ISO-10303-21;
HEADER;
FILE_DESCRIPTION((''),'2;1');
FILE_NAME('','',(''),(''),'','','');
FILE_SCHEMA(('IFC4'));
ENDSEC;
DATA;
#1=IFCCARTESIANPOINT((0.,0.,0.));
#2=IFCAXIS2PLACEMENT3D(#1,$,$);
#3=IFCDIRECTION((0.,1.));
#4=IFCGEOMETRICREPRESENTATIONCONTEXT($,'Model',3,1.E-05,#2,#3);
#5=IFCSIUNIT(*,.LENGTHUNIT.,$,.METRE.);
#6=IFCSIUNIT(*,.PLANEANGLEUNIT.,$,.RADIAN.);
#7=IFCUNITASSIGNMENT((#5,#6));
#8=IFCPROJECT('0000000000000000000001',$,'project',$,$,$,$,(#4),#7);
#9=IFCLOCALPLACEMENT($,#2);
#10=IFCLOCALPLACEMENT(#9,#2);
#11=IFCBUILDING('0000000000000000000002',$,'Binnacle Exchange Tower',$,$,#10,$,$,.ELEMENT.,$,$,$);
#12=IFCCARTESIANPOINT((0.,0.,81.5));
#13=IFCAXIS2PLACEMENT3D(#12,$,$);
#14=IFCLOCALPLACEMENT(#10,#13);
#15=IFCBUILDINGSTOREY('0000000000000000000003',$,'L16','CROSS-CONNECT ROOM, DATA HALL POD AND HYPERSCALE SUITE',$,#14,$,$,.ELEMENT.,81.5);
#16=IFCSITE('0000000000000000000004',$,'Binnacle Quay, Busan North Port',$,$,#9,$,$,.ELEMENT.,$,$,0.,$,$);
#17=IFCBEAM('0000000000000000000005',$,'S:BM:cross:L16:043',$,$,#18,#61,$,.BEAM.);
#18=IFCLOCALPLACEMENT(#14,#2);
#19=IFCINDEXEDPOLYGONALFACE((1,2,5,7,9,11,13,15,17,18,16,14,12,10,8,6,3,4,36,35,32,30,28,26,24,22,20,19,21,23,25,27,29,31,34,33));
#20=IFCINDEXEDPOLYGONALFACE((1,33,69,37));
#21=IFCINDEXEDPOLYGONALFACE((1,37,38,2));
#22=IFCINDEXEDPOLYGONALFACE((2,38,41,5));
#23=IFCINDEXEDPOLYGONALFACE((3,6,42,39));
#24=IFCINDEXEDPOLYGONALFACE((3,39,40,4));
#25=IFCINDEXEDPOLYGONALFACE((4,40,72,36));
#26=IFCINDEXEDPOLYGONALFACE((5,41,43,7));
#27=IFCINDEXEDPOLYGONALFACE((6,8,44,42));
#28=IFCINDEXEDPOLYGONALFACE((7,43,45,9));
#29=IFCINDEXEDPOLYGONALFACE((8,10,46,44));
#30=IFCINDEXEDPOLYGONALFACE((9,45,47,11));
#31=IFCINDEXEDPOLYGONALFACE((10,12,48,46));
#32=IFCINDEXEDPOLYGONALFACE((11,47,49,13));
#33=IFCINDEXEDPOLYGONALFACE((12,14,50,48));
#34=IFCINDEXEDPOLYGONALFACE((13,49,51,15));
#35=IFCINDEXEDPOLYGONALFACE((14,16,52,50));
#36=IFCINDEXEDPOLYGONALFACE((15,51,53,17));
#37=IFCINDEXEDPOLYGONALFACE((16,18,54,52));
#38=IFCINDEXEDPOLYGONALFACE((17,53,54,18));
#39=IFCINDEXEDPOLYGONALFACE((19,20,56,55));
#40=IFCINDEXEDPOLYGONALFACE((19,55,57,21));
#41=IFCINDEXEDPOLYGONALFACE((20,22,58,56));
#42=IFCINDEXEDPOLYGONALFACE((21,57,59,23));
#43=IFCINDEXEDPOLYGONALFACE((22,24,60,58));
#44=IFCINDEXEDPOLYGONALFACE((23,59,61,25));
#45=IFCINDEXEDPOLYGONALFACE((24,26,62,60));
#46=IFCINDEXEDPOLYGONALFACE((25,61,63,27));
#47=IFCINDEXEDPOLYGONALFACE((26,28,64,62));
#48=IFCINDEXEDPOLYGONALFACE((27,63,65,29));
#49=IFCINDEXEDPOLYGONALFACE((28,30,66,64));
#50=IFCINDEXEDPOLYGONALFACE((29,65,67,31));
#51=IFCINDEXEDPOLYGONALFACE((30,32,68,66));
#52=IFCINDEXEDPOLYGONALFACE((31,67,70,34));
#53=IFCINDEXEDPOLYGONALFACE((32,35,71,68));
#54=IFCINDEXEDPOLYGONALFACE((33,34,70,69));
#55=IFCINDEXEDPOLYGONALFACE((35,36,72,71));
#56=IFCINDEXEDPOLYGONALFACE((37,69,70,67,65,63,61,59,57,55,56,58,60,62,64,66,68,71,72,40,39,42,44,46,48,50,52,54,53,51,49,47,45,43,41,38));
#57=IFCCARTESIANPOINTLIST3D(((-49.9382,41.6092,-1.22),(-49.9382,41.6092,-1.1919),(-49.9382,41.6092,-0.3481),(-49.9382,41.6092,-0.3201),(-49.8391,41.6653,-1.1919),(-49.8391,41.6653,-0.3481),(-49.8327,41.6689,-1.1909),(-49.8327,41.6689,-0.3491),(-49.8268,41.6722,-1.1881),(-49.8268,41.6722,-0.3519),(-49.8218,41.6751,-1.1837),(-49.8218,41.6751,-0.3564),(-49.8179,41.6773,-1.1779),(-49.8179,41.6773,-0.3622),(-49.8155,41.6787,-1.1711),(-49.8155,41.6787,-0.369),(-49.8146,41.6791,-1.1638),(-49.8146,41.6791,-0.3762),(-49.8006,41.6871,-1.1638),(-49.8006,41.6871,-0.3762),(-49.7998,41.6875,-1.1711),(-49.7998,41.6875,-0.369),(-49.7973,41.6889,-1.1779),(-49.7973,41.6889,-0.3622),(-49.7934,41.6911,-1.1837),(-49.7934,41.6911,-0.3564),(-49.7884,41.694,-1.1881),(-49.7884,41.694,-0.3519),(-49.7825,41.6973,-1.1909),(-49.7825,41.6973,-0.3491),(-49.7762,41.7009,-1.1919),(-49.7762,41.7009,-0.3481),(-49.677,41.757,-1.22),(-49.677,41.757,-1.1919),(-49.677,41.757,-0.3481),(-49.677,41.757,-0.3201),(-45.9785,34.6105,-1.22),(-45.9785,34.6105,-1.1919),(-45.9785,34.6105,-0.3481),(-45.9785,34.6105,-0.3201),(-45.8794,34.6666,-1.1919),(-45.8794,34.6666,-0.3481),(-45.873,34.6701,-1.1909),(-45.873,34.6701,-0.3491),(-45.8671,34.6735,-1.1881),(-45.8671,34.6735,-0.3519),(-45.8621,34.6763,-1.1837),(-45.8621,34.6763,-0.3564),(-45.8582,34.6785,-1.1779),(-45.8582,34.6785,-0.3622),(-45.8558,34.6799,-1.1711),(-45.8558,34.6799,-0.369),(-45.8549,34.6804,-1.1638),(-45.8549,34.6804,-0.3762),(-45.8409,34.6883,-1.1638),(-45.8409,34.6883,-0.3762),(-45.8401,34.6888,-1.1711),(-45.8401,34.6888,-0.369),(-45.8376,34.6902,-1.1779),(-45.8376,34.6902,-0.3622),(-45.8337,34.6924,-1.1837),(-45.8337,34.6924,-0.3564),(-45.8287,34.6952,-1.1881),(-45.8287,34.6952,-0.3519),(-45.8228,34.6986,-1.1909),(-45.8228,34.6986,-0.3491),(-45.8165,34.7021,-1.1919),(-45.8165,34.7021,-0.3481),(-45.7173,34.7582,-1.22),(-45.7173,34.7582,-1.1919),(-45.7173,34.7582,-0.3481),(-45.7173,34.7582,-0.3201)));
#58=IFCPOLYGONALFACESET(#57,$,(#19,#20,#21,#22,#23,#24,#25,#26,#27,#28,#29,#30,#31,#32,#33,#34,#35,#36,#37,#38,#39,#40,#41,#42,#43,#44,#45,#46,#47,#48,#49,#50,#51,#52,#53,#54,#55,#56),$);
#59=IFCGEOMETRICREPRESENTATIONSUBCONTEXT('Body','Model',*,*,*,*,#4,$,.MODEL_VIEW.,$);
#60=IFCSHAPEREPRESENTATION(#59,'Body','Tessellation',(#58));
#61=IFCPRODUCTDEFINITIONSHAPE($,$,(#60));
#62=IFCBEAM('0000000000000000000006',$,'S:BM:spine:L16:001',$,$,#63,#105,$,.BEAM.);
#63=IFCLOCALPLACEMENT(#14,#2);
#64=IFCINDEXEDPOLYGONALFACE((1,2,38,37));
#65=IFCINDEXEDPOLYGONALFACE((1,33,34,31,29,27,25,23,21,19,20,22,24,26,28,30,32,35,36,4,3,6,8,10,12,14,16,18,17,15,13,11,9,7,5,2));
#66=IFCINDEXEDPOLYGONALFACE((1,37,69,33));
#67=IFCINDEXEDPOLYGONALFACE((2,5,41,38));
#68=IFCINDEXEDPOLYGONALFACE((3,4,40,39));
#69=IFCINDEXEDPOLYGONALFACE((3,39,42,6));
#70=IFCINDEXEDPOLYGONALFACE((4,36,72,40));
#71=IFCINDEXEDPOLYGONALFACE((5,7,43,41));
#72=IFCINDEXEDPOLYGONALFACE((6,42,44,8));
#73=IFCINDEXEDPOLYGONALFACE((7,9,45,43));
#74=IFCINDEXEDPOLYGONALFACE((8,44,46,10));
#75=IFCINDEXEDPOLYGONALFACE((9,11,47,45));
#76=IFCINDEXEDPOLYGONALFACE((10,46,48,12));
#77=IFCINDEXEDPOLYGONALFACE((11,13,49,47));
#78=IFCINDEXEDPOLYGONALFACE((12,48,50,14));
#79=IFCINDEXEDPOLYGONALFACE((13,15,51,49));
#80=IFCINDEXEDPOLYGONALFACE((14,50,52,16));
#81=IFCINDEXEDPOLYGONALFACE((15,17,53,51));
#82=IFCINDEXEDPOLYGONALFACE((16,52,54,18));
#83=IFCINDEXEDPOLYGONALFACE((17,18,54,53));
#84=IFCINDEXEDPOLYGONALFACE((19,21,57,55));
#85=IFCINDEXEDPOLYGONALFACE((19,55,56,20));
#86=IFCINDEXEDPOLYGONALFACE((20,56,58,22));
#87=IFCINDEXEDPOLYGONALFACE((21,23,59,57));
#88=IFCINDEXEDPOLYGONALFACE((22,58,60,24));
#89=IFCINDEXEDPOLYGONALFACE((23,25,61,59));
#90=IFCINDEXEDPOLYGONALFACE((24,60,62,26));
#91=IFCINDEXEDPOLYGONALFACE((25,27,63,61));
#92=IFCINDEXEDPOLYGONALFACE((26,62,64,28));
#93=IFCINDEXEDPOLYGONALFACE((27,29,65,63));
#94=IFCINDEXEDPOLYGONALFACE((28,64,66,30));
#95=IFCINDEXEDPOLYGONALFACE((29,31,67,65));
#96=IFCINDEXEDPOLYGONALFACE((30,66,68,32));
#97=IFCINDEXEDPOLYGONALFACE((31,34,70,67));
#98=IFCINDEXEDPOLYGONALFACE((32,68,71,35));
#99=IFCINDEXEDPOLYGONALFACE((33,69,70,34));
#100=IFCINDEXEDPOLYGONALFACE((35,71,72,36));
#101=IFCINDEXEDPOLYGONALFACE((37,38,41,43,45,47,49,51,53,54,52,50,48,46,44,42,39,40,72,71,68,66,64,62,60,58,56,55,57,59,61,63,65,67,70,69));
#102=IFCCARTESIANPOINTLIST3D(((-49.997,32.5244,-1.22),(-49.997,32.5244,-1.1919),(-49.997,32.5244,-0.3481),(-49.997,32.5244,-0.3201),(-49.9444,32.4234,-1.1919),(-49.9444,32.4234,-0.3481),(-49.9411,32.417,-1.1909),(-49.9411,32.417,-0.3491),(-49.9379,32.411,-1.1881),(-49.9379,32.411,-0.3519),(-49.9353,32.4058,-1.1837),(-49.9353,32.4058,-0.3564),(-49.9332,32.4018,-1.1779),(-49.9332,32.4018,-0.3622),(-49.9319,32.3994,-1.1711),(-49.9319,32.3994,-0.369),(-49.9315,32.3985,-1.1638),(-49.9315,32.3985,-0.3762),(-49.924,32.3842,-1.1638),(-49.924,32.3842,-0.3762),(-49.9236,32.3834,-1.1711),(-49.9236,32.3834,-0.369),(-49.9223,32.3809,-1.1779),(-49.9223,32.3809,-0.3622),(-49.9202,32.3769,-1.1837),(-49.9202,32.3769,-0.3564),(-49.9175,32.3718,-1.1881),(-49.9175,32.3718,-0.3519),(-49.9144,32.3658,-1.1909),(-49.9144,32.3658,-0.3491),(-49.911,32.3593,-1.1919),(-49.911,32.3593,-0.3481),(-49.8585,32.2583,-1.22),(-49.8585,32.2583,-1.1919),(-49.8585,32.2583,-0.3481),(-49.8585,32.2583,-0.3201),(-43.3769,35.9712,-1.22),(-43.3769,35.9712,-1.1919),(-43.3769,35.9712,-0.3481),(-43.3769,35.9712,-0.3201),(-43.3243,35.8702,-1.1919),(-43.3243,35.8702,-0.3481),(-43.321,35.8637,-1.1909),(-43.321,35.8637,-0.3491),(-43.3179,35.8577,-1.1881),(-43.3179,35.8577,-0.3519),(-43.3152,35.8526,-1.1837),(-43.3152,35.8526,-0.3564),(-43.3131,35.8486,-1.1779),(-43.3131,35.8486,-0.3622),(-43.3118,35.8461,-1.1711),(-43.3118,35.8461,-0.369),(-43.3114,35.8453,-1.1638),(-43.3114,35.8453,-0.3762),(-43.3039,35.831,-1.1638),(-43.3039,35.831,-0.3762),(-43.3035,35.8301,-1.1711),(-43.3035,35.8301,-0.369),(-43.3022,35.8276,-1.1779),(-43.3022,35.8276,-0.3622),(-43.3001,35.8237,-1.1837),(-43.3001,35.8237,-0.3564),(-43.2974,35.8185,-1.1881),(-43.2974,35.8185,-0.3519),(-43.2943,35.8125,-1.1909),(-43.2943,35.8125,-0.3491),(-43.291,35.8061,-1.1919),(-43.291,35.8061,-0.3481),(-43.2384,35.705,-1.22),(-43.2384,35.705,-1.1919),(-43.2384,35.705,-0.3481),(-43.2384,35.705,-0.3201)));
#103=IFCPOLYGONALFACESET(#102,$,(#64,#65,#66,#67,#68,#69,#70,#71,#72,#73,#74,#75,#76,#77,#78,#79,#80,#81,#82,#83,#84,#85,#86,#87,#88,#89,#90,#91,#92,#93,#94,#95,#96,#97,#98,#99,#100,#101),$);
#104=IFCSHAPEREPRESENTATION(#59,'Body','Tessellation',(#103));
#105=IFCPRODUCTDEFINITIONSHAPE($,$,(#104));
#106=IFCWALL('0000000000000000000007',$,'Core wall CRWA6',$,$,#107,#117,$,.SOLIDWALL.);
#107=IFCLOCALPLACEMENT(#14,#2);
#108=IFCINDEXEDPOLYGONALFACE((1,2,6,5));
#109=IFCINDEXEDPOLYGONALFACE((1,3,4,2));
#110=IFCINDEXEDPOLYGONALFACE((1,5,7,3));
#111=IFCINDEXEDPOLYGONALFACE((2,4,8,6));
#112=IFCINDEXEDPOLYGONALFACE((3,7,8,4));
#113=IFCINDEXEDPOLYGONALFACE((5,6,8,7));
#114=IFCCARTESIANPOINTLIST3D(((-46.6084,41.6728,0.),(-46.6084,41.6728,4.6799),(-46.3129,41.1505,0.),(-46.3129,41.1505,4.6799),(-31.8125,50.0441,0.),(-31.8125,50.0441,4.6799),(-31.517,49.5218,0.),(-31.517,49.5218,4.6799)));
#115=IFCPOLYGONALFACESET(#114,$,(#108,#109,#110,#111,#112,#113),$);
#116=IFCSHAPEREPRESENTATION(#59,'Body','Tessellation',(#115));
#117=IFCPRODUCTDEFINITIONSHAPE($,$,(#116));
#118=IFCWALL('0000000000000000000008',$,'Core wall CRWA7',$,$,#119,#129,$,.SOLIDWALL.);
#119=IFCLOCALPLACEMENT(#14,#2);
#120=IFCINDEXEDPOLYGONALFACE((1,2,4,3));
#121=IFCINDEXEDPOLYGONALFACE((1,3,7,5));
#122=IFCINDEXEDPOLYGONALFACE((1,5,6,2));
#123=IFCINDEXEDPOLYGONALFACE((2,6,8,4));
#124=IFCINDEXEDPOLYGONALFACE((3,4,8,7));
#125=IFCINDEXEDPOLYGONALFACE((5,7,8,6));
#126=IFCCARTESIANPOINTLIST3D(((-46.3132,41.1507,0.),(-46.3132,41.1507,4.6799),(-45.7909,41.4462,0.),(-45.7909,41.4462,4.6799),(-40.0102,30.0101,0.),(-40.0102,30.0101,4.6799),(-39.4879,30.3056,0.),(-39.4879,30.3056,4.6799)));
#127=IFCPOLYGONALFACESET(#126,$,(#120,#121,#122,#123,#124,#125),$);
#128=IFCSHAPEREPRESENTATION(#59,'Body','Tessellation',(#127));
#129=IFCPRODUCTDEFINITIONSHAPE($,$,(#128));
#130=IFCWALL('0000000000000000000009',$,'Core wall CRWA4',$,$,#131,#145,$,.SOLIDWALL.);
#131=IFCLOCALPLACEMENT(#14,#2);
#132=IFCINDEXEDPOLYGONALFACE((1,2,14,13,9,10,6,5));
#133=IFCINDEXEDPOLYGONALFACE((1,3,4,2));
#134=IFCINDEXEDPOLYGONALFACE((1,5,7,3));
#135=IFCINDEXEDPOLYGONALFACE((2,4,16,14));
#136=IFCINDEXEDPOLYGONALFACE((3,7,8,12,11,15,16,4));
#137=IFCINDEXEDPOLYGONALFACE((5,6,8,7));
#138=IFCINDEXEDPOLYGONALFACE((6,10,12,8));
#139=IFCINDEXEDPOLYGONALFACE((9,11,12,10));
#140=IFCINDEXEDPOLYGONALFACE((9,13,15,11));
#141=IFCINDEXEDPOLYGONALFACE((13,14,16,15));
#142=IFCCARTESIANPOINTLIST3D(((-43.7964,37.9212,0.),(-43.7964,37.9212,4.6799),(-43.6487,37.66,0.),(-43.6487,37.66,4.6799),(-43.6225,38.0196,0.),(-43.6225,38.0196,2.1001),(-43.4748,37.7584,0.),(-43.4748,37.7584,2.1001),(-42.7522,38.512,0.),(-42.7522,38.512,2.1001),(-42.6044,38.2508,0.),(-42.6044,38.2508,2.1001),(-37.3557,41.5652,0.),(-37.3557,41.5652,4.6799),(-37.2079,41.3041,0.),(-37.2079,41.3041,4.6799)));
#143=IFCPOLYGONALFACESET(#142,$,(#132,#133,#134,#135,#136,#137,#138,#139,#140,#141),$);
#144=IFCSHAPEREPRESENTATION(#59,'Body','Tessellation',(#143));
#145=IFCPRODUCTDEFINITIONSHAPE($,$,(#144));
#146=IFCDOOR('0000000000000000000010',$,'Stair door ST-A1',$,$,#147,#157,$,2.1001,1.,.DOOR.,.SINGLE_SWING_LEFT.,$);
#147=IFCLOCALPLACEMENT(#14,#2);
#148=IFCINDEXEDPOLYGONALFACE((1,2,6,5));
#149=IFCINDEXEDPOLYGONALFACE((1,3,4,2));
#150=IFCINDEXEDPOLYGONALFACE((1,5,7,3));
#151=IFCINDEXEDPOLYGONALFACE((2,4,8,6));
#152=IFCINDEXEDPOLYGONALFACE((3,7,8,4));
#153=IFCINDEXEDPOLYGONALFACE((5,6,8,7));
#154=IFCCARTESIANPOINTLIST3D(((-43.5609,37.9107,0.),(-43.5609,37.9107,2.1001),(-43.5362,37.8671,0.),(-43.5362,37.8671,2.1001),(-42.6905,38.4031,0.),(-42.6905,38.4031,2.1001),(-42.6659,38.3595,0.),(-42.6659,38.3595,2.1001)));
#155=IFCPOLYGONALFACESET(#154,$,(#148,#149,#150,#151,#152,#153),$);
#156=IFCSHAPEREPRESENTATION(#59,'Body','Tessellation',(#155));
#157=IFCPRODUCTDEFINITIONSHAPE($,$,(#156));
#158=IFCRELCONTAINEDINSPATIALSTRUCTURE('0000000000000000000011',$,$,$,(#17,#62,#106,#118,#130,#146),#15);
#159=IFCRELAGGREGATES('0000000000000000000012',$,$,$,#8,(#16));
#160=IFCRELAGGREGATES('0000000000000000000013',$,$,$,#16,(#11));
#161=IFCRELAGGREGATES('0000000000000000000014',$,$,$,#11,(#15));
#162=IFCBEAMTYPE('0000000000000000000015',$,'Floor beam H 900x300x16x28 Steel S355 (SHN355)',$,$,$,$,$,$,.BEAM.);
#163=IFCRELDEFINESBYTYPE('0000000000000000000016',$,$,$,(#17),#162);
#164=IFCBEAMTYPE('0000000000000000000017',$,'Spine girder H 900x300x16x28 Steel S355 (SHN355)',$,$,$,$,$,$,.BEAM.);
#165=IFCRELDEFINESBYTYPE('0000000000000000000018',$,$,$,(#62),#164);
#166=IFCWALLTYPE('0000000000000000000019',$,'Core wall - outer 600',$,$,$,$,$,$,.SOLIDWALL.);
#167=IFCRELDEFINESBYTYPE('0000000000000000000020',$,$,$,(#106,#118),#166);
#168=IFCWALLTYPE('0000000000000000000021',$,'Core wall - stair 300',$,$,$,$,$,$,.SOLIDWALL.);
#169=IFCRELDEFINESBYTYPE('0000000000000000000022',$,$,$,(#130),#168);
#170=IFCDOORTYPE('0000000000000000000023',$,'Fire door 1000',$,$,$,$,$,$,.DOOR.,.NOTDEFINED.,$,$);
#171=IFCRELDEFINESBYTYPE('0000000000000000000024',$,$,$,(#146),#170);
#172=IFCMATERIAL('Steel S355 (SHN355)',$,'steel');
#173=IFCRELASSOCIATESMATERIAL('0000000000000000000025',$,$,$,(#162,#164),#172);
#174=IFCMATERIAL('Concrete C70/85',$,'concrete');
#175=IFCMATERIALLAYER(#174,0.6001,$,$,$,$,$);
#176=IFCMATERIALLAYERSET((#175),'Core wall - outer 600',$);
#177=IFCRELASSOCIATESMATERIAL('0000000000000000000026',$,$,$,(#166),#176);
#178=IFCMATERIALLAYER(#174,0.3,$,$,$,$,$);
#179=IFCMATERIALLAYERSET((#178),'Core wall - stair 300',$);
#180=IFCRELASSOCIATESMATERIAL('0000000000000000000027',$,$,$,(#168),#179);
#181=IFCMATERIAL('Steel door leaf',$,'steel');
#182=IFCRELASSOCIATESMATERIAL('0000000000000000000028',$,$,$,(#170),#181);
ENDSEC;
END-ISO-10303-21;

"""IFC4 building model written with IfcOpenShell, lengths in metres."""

from ifc_helpers import new_model, si_unit, direction, frame, frame_2d, origin, origin_2d, place, context, subcontext, project, spatial, rectangle, i_section, extrude, material, layer, layer_set, material_profile, profile_set, type_object, element, fill, save


model = new_model("IFC4")

# Units and contexts
model_context = context("Model", 3, precision=1e-05, world=origin(), true_north=direction((0.0, 1.0)))
body_context = subcontext(model_context, "Body", "Model", "MODEL_VIEW")
ifc_project = project(units=[si_unit("LENGTHUNIT", "METRE"), si_unit("PLANEANGLEUNIT", "RADIAN")], contexts=[model_context])

# Site, building, storey
site_placement = place(None, origin())
site = spatial("IfcSite", under=ifc_project, at=site_placement, Name="Binnacle Quay, Busan North Port", CompositionType="ELEMENT", RefElevation=0.0)
building_placement = place(site_placement, origin())
building = spatial("IfcBuilding", under=site, at=building_placement, Name="Binnacle Exchange Tower", CompositionType="ELEMENT")
storey_placement = place(building_placement, frame((0.0, 0.0, 81.5)))
storey = spatial("IfcBuildingStorey", under=building, at=storey_placement, Name="L16", Description="CROSS-CONNECT ROOM, DATA HALL POD AND HYPERSCALE SUITE", CompositionType="ELEMENT", Elevation=81.5)

# Shared definitions
ifc_material_1 = material(Name="Concrete C70/85", Category="concrete")

# Beams
ifc_material_2 = material(Name="Steel S355 (SHN355)", Category="steel")
ifc_material_profile_1 = material_profile(ifc_material_2, i_section(OverallWidth=0.3, OverallDepth=0.8999, WebThickness=0.0161, FlangeThickness=0.0281, FilletRadius=0.0281, at=origin_2d()), Name="H 900x300x16x28")
ifc_profile_set_1 = profile_set([ifc_material_profile_1], Name="Steel S355 (SHN355)")
beam_type_1 = type_object("IfcBeamType", Name="Floor beam H 900x300x16x28 Steel S355 (SHN355)", PredefinedType="BEAM", material=ifc_profile_set_1)
beam_1_placement = place(storey_placement, frame((-49.8076, 41.6831, -0.77), z_axis=(0.492423, -0.870356, 0.0), x_axis=(0.870356, 0.492423, 0.0)))
element("IfcBeam", 1, at=beam_1_placement, inside=storey, type_object=beam_type_1, Name="S:BM:cross:L16:043", PredefinedType="BEAM", context=body_context, shape_type="SweptSolid", body=[
    extrude(i_section(OverallWidth=0.3, OverallDepth=0.8999, WebThickness=0.0161, FlangeThickness=0.0281, FilletRadius=0.0281, at=origin_2d()), origin(), (0.0, 0.0, 1.0), 8.0413),
])
ifc_material_profile_2 = material_profile(ifc_material_2, i_section(OverallWidth=0.3, OverallDepth=0.8999, WebThickness=0.0161, FlangeThickness=0.0281, FilletRadius=0.0281, at=origin_2d()), Name="H 900x300x16x28")
ifc_profile_set_2 = profile_set([ifc_material_profile_2], Name="Steel S355 (SHN355)")
beam_type_2 = type_object("IfcBeamType", Name="Spine girder H 900x300x16x28 Steel S355 (SHN355)", PredefinedType="BEAM", material=ifc_profile_set_2)
beam_2_placement = place(storey_placement, frame((-49.9277, 32.3914, -0.77), z_axis=(0.88698, 0.461808, 0.0), x_axis=(-0.461808, 0.88698, 0.0)))
element("IfcBeam", 2, at=beam_2_placement, inside=storey, type_object=beam_type_2, Name="S:BM:spine:L16:001", PredefinedType="BEAM", context=body_context, shape_type="SweptSolid", body=[
    extrude(i_section(OverallWidth=0.3, OverallDepth=0.8999, WebThickness=0.0161, FlangeThickness=0.0281, FilletRadius=0.0281, at=origin_2d()), origin(), (0.0, 0.0, 1.0), 7.4636),
])

# Walls
ifc_layer_1 = layer(ifc_material_1, 0.6001)
ifc_layer_set_1 = layer_set([ifc_layer_1], Name="Core wall - outer 600")
wall_type_1 = type_object("IfcWallType", Name="Core wall - outer 600", PredefinedType="SOLIDWALL", material=ifc_layer_set_1)
wall_1_placement = place(storey_placement, frame((-46.4607, 41.4116, 0.0), z_axis=(0.0, 0.0, 1.0), x_axis=(0.87035, 0.492433, 0.0)))
element("IfcWall", 3, at=wall_1_placement, inside=storey, type_object=wall_type_1, Name="Core wall CRWA6", PredefinedType="SOLIDWALL", context=body_context, shape_type="SweptSolid", body=[
    extrude(rectangle(XDim=17.0, YDim=0.6001, at=frame_2d((8.5, 0.0))), origin(), (0.0, 0.0, 1.0), 4.6799),
])
wall_2_placement = place(storey_placement, frame((-46.052, 41.2983, 0.0), z_axis=(0.0, 0.0, 1.0), x_axis=(0.492419, -0.870359, 0.0)))
element("IfcWall", 4, at=wall_2_placement, inside=storey, type_object=wall_type_1, Name="Core wall CRWA7", PredefinedType="SOLIDWALL", context=body_context, shape_type="SweptSolid", body=[
    extrude(rectangle(XDim=12.8, YDim=0.6001, at=frame_2d((6.3999, 0.0))), origin(), (0.0, 0.0, 1.0), 4.6799),
])

# Wall, opening, door
ifc_layer_2 = layer(ifc_material_1, 0.3)
ifc_layer_set_2 = layer_set([ifc_layer_2], Name="Core wall - stair 300")
wall_type_2 = type_object("IfcWallType", Name="Core wall - stair 300", PredefinedType="SOLIDWALL", material=ifc_layer_set_2)
wall_3_placement = place(storey_placement, frame((-43.7227, 37.7905, 0.0), z_axis=(0.0, 0.0, 1.0), x_axis=(0.870351, 0.492432, 0.0)))
wall_3 = element("IfcWall", 5, at=wall_3_placement, inside=storey, type_object=wall_type_2, Name="Core wall CRWA4", PredefinedType="SOLIDWALL", context=body_context, shape_type="SweptSolid", body=[
    extrude(rectangle(XDim=7.4001, YDim=0.3, at=frame_2d((3.7002, 0.0))), origin(), (0.0, 0.0, 1.0), 4.6799),
])
opening_1_placement = place(wall_3_placement, frame((0.2, 0.0, 0.0)))
opening_1 = element("IfcOpeningElement", 6, at=opening_1_placement, cuts=wall_3, PredefinedType="OPENING", context=body_context, shape_type="SweptSolid", body=[
    extrude(rectangle(XDim=1.0, YDim=2.1001, at=frame_2d((0.5, 1.05))), frame((0.0, 0.1599, 0.0), z_axis=(0.0, -1.0, 0.0), x_axis=(1.0, 0.0, 0.0)), (0.0, 0.0, 1.0), 0.3201),
])
ifc_material_3 = material(Name="Steel door leaf", Category="steel")
door_type = type_object("IfcDoorType", Name="Fire door 1000", OperationType="NOTDEFINED", PredefinedType="DOOR", material=ifc_material_3)
door_placement = place(opening_1_placement, origin())
door = element("IfcDoor", 7, at=door_placement, inside=storey, type_object=door_type, Name="Stair door ST-A1", OperationType="SINGLE_SWING_LEFT", OverallHeight=2.1001, OverallWidth=1.0, PredefinedType="DOOR", context=body_context, shape_type="SweptSolid", body=[
    extrude(rectangle(XDim=1.0, YDim=2.1001, at=frame_2d((0.5, 1.05))), frame((0.0, 0.0249, 0.0), z_axis=(0.0, -1.0, 0.0), x_axis=(1.0, 0.0, 0.0)), (0.0, 0.0, 1.0), 0.05),
])
fill(opening_1, door)

save(model, "model.ifc")
